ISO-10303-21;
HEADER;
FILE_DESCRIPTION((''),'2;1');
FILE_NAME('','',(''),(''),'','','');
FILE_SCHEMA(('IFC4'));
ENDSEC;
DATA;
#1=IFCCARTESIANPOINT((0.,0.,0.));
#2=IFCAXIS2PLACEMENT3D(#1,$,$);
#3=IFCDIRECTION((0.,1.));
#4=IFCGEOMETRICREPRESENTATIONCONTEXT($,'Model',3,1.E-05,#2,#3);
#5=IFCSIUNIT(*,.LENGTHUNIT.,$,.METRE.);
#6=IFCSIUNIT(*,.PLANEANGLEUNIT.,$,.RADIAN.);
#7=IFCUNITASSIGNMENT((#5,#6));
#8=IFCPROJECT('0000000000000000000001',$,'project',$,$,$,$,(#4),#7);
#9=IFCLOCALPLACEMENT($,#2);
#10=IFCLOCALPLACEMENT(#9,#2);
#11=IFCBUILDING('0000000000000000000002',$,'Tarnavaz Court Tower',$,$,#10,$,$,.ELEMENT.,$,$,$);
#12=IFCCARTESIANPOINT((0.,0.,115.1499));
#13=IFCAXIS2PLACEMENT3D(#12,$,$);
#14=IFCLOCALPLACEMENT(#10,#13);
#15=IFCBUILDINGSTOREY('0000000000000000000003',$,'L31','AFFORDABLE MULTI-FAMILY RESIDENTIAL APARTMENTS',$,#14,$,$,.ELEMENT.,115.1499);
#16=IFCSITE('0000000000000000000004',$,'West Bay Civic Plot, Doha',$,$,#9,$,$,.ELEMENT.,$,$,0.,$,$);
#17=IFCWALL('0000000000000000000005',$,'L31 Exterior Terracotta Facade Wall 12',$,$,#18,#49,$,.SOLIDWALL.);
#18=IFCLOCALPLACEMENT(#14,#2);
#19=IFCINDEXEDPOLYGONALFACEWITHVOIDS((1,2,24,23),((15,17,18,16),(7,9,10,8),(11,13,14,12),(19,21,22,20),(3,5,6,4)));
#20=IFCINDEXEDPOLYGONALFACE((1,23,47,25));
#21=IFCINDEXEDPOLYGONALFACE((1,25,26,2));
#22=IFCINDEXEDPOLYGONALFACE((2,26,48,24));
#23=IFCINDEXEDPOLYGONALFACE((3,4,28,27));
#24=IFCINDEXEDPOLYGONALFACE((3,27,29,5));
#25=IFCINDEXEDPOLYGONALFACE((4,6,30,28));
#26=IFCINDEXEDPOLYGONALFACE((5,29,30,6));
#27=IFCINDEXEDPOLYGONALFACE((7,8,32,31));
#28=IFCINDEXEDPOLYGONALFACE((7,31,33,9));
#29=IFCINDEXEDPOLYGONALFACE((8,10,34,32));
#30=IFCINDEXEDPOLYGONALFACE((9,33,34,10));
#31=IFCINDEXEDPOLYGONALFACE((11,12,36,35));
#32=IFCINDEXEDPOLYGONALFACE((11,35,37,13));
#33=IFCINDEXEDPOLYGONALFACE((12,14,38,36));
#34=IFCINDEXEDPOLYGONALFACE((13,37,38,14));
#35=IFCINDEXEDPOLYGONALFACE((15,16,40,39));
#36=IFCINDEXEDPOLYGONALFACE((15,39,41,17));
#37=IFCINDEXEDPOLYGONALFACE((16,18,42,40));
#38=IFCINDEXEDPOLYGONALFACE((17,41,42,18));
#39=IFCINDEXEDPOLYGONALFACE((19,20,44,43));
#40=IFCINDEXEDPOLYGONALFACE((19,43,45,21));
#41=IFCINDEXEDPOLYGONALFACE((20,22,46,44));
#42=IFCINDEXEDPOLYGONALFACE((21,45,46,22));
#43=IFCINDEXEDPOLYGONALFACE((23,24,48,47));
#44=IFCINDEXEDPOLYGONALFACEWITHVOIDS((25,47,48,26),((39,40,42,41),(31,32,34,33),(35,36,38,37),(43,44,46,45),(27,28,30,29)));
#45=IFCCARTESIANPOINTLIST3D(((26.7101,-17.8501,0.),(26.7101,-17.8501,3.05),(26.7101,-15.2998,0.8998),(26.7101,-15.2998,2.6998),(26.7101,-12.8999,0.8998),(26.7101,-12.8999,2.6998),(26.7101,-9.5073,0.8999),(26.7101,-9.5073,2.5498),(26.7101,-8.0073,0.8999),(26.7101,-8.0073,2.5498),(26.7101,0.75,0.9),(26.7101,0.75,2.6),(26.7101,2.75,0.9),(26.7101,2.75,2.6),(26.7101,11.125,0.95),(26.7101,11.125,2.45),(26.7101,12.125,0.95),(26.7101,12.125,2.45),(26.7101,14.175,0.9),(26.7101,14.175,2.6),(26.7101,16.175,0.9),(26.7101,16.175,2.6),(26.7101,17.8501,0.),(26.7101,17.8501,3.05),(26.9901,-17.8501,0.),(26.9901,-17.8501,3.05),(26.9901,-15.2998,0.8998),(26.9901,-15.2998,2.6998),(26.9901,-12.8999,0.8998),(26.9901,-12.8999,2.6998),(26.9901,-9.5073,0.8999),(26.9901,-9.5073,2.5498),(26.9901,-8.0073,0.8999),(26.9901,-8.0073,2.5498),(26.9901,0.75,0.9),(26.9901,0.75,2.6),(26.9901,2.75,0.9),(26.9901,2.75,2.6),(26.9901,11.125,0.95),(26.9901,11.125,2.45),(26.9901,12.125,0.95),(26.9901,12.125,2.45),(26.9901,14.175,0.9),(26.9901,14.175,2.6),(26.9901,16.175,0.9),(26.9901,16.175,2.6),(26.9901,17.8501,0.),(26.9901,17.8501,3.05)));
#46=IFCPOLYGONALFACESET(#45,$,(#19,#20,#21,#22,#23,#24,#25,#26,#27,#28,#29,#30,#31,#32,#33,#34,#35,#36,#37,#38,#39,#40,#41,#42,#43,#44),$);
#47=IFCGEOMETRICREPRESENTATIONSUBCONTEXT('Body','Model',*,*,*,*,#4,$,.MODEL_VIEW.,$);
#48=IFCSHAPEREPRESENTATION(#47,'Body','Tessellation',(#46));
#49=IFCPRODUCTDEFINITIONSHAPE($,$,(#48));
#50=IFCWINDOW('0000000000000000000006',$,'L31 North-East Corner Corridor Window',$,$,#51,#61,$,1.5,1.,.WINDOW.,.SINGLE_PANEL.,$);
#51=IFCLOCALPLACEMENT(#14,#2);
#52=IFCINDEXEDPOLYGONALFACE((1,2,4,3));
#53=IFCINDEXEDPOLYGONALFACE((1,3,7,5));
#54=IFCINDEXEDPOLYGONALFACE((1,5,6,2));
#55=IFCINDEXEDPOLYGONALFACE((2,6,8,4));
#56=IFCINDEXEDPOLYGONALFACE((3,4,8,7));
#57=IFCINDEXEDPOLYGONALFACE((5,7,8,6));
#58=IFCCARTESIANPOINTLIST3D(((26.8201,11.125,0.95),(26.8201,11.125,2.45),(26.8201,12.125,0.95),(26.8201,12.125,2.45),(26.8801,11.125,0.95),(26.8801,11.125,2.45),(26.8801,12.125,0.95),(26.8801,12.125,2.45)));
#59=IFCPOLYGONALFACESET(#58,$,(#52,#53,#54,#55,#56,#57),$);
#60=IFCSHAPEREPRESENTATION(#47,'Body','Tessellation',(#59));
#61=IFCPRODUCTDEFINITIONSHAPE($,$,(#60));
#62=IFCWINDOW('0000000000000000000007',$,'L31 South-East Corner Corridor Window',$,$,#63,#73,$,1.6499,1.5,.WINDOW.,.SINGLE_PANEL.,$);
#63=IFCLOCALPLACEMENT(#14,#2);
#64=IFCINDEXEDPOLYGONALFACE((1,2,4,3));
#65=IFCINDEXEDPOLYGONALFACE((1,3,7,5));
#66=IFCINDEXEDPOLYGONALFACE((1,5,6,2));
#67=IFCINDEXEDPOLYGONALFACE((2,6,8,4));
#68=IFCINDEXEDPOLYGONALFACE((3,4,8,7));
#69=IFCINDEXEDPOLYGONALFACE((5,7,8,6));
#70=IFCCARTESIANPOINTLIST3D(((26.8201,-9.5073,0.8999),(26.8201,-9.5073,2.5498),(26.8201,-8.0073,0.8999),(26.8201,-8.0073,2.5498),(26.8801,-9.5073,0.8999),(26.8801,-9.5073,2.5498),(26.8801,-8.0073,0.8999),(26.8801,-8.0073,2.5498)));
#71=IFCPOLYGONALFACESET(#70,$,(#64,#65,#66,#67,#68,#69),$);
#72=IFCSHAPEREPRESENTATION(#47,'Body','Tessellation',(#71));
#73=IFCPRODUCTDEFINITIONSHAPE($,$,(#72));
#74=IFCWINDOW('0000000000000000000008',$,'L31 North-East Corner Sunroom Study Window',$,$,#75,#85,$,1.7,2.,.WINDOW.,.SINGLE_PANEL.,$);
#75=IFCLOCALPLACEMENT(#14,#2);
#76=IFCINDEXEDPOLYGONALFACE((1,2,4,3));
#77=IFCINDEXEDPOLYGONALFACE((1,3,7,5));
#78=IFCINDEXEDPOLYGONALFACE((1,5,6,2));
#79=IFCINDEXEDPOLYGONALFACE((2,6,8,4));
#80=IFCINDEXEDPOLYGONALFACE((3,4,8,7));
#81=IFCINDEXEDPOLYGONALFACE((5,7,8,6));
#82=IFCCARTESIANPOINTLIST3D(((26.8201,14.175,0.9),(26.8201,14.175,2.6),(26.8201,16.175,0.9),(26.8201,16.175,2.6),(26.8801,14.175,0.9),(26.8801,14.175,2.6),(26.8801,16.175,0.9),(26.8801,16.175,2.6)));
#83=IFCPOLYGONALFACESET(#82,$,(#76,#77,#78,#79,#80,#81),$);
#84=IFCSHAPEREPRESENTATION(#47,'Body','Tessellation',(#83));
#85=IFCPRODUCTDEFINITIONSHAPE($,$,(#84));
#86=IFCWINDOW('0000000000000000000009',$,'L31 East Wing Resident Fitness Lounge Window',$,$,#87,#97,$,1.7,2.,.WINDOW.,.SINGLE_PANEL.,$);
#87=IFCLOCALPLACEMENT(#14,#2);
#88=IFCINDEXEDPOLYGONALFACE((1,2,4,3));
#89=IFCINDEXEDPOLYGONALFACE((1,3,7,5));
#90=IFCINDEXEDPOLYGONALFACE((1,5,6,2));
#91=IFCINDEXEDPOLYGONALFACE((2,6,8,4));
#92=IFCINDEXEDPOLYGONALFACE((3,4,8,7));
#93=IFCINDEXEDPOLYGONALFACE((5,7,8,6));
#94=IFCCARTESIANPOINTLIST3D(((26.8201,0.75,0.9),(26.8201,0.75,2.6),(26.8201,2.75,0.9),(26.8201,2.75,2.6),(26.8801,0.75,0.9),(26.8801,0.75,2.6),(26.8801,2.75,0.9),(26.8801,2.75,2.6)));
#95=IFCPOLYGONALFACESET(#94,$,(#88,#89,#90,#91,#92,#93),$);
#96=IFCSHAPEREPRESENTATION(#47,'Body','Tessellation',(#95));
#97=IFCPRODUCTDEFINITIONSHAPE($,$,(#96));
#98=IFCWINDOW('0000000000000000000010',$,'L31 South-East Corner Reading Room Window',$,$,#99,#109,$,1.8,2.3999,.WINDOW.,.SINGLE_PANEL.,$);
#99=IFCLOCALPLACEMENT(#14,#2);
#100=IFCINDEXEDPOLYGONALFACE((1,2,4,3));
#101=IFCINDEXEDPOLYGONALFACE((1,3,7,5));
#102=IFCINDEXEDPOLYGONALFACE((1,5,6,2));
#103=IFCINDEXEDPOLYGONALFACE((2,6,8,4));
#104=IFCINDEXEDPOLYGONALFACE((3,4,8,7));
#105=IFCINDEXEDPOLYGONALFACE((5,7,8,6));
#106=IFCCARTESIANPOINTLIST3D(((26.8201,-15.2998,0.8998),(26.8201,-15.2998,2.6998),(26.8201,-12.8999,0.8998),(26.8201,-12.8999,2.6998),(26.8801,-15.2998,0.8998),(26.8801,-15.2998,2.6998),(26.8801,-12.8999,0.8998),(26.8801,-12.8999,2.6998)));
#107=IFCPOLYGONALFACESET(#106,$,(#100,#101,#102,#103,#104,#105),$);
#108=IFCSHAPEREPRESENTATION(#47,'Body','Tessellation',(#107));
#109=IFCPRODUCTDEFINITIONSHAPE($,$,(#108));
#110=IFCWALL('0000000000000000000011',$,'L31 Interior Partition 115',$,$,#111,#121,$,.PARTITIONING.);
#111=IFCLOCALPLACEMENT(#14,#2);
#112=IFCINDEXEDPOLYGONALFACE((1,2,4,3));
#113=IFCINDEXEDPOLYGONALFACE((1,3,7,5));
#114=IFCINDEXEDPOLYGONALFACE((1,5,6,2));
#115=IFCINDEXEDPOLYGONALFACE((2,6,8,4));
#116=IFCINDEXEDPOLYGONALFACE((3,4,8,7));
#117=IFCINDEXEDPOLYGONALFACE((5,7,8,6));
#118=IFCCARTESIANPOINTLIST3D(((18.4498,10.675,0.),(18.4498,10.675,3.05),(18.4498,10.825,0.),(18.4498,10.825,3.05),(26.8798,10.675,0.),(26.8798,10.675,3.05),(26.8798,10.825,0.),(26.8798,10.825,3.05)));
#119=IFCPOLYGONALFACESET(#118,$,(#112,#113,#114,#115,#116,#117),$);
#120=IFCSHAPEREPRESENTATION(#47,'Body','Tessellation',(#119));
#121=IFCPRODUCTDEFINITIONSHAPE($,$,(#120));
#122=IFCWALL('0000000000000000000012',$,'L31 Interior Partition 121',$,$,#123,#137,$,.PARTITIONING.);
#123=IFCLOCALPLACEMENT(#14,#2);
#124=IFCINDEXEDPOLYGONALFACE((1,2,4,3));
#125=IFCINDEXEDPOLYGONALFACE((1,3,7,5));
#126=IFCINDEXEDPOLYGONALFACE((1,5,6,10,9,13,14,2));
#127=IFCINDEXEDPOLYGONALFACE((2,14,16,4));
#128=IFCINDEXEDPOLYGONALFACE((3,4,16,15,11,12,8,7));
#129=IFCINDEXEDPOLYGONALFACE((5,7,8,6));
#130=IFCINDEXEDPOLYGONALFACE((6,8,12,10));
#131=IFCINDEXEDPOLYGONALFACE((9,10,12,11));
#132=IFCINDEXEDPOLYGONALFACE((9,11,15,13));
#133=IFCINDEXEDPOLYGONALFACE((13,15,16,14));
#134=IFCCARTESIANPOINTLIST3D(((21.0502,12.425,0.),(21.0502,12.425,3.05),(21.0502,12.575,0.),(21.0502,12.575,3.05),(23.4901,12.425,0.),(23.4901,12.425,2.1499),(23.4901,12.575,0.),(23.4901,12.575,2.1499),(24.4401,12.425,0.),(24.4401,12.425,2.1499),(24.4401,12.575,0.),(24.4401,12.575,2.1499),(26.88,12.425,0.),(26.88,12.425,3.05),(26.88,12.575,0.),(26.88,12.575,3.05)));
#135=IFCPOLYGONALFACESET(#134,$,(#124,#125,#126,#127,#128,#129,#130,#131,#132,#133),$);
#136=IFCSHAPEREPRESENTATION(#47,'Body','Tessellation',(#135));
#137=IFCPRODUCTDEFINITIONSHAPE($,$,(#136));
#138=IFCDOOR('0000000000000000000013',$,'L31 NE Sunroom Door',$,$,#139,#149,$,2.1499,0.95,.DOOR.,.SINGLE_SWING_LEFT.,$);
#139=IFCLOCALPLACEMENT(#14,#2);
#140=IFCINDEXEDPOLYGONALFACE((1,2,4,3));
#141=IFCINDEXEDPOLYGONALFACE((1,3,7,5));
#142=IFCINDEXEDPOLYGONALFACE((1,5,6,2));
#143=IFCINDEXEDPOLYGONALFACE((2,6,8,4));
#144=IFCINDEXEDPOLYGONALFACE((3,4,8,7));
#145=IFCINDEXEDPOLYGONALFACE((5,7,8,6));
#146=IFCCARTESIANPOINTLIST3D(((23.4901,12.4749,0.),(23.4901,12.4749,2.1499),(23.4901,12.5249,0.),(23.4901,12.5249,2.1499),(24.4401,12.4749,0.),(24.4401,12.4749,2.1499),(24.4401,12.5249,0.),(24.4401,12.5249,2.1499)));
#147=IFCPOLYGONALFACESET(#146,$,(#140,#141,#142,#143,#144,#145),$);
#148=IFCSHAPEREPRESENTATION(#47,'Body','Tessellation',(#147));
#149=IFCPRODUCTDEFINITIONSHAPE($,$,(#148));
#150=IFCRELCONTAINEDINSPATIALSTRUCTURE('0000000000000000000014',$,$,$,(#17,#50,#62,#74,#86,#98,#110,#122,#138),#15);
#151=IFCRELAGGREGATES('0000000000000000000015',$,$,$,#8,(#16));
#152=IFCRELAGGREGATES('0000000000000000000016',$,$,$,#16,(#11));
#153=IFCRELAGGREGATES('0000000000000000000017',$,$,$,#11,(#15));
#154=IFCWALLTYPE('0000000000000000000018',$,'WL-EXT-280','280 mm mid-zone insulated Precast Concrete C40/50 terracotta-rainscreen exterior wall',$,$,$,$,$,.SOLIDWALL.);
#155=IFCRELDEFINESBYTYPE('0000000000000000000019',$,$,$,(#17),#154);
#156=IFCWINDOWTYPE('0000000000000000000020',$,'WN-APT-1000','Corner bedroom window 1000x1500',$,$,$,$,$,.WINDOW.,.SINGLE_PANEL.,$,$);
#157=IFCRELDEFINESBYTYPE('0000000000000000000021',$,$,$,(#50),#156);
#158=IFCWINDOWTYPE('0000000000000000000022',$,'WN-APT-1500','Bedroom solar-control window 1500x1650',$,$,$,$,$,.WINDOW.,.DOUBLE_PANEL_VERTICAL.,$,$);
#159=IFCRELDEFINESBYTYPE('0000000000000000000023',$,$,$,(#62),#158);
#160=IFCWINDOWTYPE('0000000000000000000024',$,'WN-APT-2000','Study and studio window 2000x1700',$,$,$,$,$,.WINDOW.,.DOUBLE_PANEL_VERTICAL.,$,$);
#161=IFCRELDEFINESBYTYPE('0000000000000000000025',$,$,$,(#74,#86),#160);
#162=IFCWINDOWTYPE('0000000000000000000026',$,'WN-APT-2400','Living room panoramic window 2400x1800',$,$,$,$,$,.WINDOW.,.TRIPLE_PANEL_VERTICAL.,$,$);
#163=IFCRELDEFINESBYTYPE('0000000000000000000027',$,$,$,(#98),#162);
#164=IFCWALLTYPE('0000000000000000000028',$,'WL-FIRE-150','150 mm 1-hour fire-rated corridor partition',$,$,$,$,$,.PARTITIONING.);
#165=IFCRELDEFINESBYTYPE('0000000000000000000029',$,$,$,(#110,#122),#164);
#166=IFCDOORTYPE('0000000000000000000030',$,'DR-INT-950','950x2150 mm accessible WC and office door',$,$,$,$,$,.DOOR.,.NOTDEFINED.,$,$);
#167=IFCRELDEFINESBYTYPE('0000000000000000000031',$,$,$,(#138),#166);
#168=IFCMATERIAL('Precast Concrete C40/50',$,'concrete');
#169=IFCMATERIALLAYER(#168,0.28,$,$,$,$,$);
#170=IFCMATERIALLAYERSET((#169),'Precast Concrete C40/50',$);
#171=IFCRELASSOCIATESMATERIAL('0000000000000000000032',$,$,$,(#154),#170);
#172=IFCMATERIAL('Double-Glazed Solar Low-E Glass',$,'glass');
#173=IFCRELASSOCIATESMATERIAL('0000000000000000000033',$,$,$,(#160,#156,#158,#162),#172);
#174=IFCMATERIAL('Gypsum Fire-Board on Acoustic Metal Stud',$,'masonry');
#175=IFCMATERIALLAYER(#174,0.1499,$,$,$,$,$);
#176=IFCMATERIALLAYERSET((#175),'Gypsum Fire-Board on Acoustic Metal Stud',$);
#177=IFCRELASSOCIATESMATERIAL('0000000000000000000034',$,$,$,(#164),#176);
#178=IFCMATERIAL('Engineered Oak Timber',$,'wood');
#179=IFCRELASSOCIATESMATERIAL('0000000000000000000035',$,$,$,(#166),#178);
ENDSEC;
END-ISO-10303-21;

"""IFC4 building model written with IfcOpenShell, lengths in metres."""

from ifc_helpers import new_model, si_unit, direction, frame, frame_2d, origin, place, context, subcontext, project, spatial, rectangle, extrude, material, layer, layer_set, type_object, element, fill, save


model = new_model("IFC4")

# Units and contexts
model_context = context("Model", 3, precision=1e-05, world=origin(), true_north=direction((0.0, 1.0)))
body_context = subcontext(model_context, "Body", "Model", "MODEL_VIEW")
ifc_project = project(units=[si_unit("LENGTHUNIT", "METRE"), si_unit("PLANEANGLEUNIT", "RADIAN")], contexts=[model_context])

# Site, building, storey
site_placement = place(None, origin())
site = spatial("IfcSite", under=ifc_project, at=site_placement, Name="West Bay Civic Plot, Doha", CompositionType="ELEMENT", RefElevation=0.0)
building_placement = place(site_placement, origin())
building = spatial("IfcBuilding", under=site, at=building_placement, Name="Tarnavaz Court Tower", CompositionType="ELEMENT")
storey_placement = place(building_placement, frame((0.0, 0.0, 115.1499)))
storey = spatial("IfcBuildingStorey", under=building, at=storey_placement, Name="L31", Description="AFFORDABLE MULTI-FAMILY RESIDENTIAL APARTMENTS", CompositionType="ELEMENT", Elevation=115.1499)

# Shared definitions
ifc_material_1 = material(Name="Precast Concrete C40/50", Category="concrete")
ifc_layer_1 = layer(ifc_material_1, 0.28)
ifc_layer_set_1 = layer_set([ifc_layer_1], Name="Precast Concrete C40/50")
wall_type_1 = type_object("IfcWallType", Name="WL-EXT-280", Description="280 mm mid-zone insulated Precast Concrete C40/50 terracotta-rainscreen exterior wall", PredefinedType="SOLIDWALL", material=ifc_layer_set_1)
ifc_material_2 = material(Name="Double-Glazed Solar Low-E Glass", Category="glass")
window_type_1 = type_object("IfcWindowType", Name="WN-APT-2000", Description="Study and studio window 2000x1700", PartitioningType="DOUBLE_PANEL_VERTICAL", PredefinedType="WINDOW", material=ifc_material_2)

# Wall, openings, windows
wall_1_placement = place(storey_placement, frame((26.8501, 17.8501, 0.0), z_axis=(0.0, 0.0, 1.0), x_axis=(0.0, -1.0, 0.0)))
wall_1 = element("IfcWall", 1, at=wall_1_placement, inside=storey, type_object=wall_type_1, Name="L31 Exterior Terracotta Facade Wall 12", PredefinedType="SOLIDWALL", context=body_context, shape_type="SweptSolid", body=[
    extrude(rectangle(XDim=35.7002, YDim=0.28, at=frame_2d((17.8501, 0.0))), origin(), (0.0, 0.0, 1.0), 3.05),
])
opening_1_placement = place(wall_1_placement, frame((1.675, 0.0, 0.8999)))
opening_1 = element("IfcOpeningElement", 2, at=opening_1_placement, cuts=wall_1, PredefinedType="OPENING", context=body_context, shape_type="SweptSolid", body=[
    extrude(rectangle(XDim=2.0, YDim=1.7, at=frame_2d((1.0, 0.8501))), frame((0.0, 0.1499, 0.0), z_axis=(0.0, -1.0, 0.0), x_axis=(1.0, 0.0, 0.0)), (0.0, 0.0, 1.0), 0.3),
])
opening_2_placement = place(wall_1_placement, frame((5.7251, 0.0, 0.95)))
opening_2 = element("IfcOpeningElement", 3, at=opening_2_placement, cuts=wall_1, PredefinedType="OPENING", context=body_context, shape_type="SweptSolid", body=[
    extrude(rectangle(XDim=1.0, YDim=1.5, at=frame_2d((0.5, 0.75))), frame((0.0, 0.1499, 0.0), z_axis=(0.0, -1.0, 0.0), x_axis=(1.0, 0.0, 0.0)), (0.0, 0.0, 1.0), 0.3),
])
opening_3_placement = place(wall_1_placement, frame((15.1001, 0.0, 0.8999)))
opening_3 = element("IfcOpeningElement", 4, at=opening_3_placement, cuts=wall_1, PredefinedType="OPENING", context=body_context, shape_type="SweptSolid", body=[
    extrude(rectangle(XDim=2.0, YDim=1.7, at=frame_2d((1.0, 0.8501))), frame((0.0, 0.1499, 0.0), z_axis=(0.0, -1.0, 0.0), x_axis=(1.0, 0.0, 0.0)), (0.0, 0.0, 1.0), 0.3),
])
opening_4_placement = place(wall_1_placement, frame((25.8574, 0.0, 0.8999)))
opening_4 = element("IfcOpeningElement", 5, at=opening_4_placement, cuts=wall_1, PredefinedType="OPENING", context=body_context, shape_type="SweptSolid", body=[
    extrude(rectangle(XDim=1.5, YDim=1.6499, at=frame_2d((0.75, 0.825))), frame((0.0, 0.1499, 0.0), z_axis=(0.0, -1.0, 0.0), x_axis=(1.0, 0.0, 0.0)), (0.0, 0.0, 1.0), 0.3),
])
opening_5_placement = place(wall_1_placement, frame((30.75, 0.0, 0.8999)))
opening_5 = element("IfcOpeningElement", 6, at=opening_5_placement, cuts=wall_1, PredefinedType="OPENING", context=body_context, shape_type="SweptSolid", body=[
    extrude(rectangle(XDim=2.3999, YDim=1.8, at=frame_2d((1.2, 0.8999))), frame((0.0, 0.1499, 0.0), z_axis=(0.0, -1.0, 0.0), x_axis=(1.0, 0.0, 0.0)), (0.0, 0.0, 1.0), 0.3),
])
window_type_2 = type_object("IfcWindowType", Name="WN-APT-1000", Description="Corner bedroom window 1000x1500", PartitioningType="SINGLE_PANEL", PredefinedType="WINDOW", material=ifc_material_2)
window_1_placement = place(opening_2_placement, origin())
window_1 = element("IfcWindow", 7, at=window_1_placement, inside=storey, type_object=window_type_2, Name="L31 North-East Corner Corridor Window", OverallHeight=1.5, OverallWidth=1.0, PartitioningType="SINGLE_PANEL", PredefinedType="WINDOW", context=body_context, shape_type="SweptSolid", body=[
    extrude(rectangle(XDim=1.0, YDim=1.5, at=frame_2d((0.5, 0.75))), frame((0.0, 0.03, 0.0), z_axis=(0.0, -1.0, 0.0), x_axis=(1.0, 0.0, 0.0)), (0.0, 0.0, 1.0), 0.0601),
])
fill(opening_2, window_1)
window_type_3 = type_object("IfcWindowType", Name="WN-APT-1500", Description="Bedroom solar-control window 1500x1650", PartitioningType="DOUBLE_PANEL_VERTICAL", PredefinedType="WINDOW", material=ifc_material_2)
window_2_placement = place(opening_4_placement, origin())
window_2 = element("IfcWindow", 8, at=window_2_placement, inside=storey, type_object=window_type_3, Name="L31 South-East Corner Corridor Window", OverallHeight=1.6499, OverallWidth=1.5, PartitioningType="SINGLE_PANEL", PredefinedType="WINDOW", context=body_context, shape_type="SweptSolid", body=[
    extrude(rectangle(XDim=1.5, YDim=1.6499, at=frame_2d((0.75, 0.825))), frame((0.0, 0.03, 0.0), z_axis=(0.0, -1.0, 0.0), x_axis=(1.0, 0.0, 0.0)), (0.0, 0.0, 1.0), 0.0601),
])
fill(opening_4, window_2)
window_3_placement = place(opening_1_placement, origin())
window_3 = element("IfcWindow", 9, at=window_3_placement, inside=storey, type_object=window_type_1, Name="L31 North-East Corner Sunroom Study Window", OverallHeight=1.7, OverallWidth=2.0, PartitioningType="SINGLE_PANEL", PredefinedType="WINDOW", context=body_context, shape_type="SweptSolid", body=[
    extrude(rectangle(XDim=2.0, YDim=1.7, at=frame_2d((1.0, 0.8501))), frame((0.0, 0.03, 0.0), z_axis=(0.0, -1.0, 0.0), x_axis=(1.0, 0.0, 0.0)), (0.0, 0.0, 1.0), 0.0601),
])
fill(opening_1, window_3)
window_4_placement = place(opening_3_placement, origin())
window_4 = element("IfcWindow", 10, at=window_4_placement, inside=storey, type_object=window_type_1, Name="L31 East Wing Resident Fitness Lounge Window", OverallHeight=1.7, OverallWidth=2.0, PartitioningType="SINGLE_PANEL", PredefinedType="WINDOW", context=body_context, shape_type="SweptSolid", body=[
    extrude(rectangle(XDim=2.0, YDim=1.7, at=frame_2d((1.0, 0.8501))), frame((0.0, 0.03, 0.0), z_axis=(0.0, -1.0, 0.0), x_axis=(1.0, 0.0, 0.0)), (0.0, 0.0, 1.0), 0.0601),
])
fill(opening_3, window_4)
window_type_4 = type_object("IfcWindowType", Name="WN-APT-2400", Description="Living room panoramic window 2400x1800", PartitioningType="TRIPLE_PANEL_VERTICAL", PredefinedType="WINDOW", material=ifc_material_2)
window_5_placement = place(opening_5_placement, origin())
window_5 = element("IfcWindow", 11, at=window_5_placement, inside=storey, type_object=window_type_4, Name="L31 South-East Corner Reading Room Window", OverallHeight=1.8, OverallWidth=2.3999, PartitioningType="SINGLE_PANEL", PredefinedType="WINDOW", context=body_context, shape_type="SweptSolid", body=[
    extrude(rectangle(XDim=2.3999, YDim=1.8, at=frame_2d((1.2, 0.8999))), frame((0.0, 0.03, 0.0), z_axis=(0.0, -1.0, 0.0), x_axis=(1.0, 0.0, 0.0)), (0.0, 0.0, 1.0), 0.0601),
])
fill(opening_5, window_5)

# Wall
ifc_material_3 = material(Name="Gypsum Fire-Board on Acoustic Metal Stud", Category="masonry")
ifc_layer_2 = layer(ifc_material_3, 0.1499)
ifc_layer_set_2 = layer_set([ifc_layer_2], Name="Gypsum Fire-Board on Acoustic Metal Stud")
wall_type_2 = type_object("IfcWallType", Name="WL-FIRE-150", Description="150 mm 1-hour fire-rated corridor partition", PredefinedType="PARTITIONING", material=ifc_layer_set_2)
wall_2_placement = place(storey_placement, frame((18.45, 10.75, 0.0), z_axis=(0.0, 0.0, 1.0), x_axis=(1.0, 0.0, 0.0)))
element("IfcWall", 12, at=wall_2_placement, inside=storey, type_object=wall_type_2, Name="L31 Interior Partition 115", PredefinedType="PARTITIONING", context=body_context, shape_type="SweptSolid", body=[
    extrude(rectangle(XDim=8.4299, YDim=0.1499, at=frame_2d((4.2148, 0.0))), origin(), (0.0, 0.0, 1.0), 3.05),
])

# Wall, opening, door
wall_3_placement = place(storey_placement, frame((21.05, 12.5, 0.0), z_axis=(0.0, 0.0, 1.0), x_axis=(1.0, 0.0, 0.0)))
wall_3 = element("IfcWall", 13, at=wall_3_placement, inside=storey, type_object=wall_type_2, Name="L31 Interior Partition 121", PredefinedType="PARTITIONING", context=body_context, shape_type="SweptSolid", body=[
    extrude(rectangle(XDim=5.8298, YDim=0.1499, at=frame_2d((2.915, 0.0))), origin(), (0.0, 0.0, 1.0), 3.05),
])
opening_6_placement = place(wall_3_placement, frame((2.4399, 0.0, 0.0)))
opening_6 = element("IfcOpeningElement", 14, at=opening_6_placement, cuts=wall_3, PredefinedType="OPENING", context=body_context, shape_type="SweptSolid", body=[
    extrude(rectangle(XDim=0.95, YDim=2.1499, at=frame_2d((0.4751, 1.075))), frame((0.0, 0.085, 0.0), z_axis=(0.0, -1.0, 0.0), x_axis=(1.0, 0.0, 0.0)), (0.0, 0.0, 1.0), 0.1699),
])
ifc_material_4 = material(Name="Engineered Oak Timber", Category="wood")
door_type_1 = type_object("IfcDoorType", Name="DR-INT-950", Description="950x2150 mm accessible WC and office door", OperationType="NOTDEFINED", PredefinedType="DOOR", material=ifc_material_4)
door_1_placement = place(opening_6_placement, origin())
door_1 = element("IfcDoor", 15, at=door_1_placement, inside=storey, type_object=door_type_1, Name="L31 NE Sunroom Door", OperationType="SINGLE_SWING_LEFT", OverallHeight=2.1499, OverallWidth=0.95, PredefinedType="DOOR", context=body_context, shape_type="SweptSolid", body=[
    extrude(rectangle(XDim=0.95, YDim=2.1499, at=frame_2d((0.4751, 1.075))), frame((0.0, 0.0249, 0.0), z_axis=(0.0, -1.0, 0.0), x_axis=(1.0, 0.0, 0.0)), (0.0, 0.0, 1.0), 0.05),
])
fill(opening_6, door_1)

save(model, "model.ifc")
